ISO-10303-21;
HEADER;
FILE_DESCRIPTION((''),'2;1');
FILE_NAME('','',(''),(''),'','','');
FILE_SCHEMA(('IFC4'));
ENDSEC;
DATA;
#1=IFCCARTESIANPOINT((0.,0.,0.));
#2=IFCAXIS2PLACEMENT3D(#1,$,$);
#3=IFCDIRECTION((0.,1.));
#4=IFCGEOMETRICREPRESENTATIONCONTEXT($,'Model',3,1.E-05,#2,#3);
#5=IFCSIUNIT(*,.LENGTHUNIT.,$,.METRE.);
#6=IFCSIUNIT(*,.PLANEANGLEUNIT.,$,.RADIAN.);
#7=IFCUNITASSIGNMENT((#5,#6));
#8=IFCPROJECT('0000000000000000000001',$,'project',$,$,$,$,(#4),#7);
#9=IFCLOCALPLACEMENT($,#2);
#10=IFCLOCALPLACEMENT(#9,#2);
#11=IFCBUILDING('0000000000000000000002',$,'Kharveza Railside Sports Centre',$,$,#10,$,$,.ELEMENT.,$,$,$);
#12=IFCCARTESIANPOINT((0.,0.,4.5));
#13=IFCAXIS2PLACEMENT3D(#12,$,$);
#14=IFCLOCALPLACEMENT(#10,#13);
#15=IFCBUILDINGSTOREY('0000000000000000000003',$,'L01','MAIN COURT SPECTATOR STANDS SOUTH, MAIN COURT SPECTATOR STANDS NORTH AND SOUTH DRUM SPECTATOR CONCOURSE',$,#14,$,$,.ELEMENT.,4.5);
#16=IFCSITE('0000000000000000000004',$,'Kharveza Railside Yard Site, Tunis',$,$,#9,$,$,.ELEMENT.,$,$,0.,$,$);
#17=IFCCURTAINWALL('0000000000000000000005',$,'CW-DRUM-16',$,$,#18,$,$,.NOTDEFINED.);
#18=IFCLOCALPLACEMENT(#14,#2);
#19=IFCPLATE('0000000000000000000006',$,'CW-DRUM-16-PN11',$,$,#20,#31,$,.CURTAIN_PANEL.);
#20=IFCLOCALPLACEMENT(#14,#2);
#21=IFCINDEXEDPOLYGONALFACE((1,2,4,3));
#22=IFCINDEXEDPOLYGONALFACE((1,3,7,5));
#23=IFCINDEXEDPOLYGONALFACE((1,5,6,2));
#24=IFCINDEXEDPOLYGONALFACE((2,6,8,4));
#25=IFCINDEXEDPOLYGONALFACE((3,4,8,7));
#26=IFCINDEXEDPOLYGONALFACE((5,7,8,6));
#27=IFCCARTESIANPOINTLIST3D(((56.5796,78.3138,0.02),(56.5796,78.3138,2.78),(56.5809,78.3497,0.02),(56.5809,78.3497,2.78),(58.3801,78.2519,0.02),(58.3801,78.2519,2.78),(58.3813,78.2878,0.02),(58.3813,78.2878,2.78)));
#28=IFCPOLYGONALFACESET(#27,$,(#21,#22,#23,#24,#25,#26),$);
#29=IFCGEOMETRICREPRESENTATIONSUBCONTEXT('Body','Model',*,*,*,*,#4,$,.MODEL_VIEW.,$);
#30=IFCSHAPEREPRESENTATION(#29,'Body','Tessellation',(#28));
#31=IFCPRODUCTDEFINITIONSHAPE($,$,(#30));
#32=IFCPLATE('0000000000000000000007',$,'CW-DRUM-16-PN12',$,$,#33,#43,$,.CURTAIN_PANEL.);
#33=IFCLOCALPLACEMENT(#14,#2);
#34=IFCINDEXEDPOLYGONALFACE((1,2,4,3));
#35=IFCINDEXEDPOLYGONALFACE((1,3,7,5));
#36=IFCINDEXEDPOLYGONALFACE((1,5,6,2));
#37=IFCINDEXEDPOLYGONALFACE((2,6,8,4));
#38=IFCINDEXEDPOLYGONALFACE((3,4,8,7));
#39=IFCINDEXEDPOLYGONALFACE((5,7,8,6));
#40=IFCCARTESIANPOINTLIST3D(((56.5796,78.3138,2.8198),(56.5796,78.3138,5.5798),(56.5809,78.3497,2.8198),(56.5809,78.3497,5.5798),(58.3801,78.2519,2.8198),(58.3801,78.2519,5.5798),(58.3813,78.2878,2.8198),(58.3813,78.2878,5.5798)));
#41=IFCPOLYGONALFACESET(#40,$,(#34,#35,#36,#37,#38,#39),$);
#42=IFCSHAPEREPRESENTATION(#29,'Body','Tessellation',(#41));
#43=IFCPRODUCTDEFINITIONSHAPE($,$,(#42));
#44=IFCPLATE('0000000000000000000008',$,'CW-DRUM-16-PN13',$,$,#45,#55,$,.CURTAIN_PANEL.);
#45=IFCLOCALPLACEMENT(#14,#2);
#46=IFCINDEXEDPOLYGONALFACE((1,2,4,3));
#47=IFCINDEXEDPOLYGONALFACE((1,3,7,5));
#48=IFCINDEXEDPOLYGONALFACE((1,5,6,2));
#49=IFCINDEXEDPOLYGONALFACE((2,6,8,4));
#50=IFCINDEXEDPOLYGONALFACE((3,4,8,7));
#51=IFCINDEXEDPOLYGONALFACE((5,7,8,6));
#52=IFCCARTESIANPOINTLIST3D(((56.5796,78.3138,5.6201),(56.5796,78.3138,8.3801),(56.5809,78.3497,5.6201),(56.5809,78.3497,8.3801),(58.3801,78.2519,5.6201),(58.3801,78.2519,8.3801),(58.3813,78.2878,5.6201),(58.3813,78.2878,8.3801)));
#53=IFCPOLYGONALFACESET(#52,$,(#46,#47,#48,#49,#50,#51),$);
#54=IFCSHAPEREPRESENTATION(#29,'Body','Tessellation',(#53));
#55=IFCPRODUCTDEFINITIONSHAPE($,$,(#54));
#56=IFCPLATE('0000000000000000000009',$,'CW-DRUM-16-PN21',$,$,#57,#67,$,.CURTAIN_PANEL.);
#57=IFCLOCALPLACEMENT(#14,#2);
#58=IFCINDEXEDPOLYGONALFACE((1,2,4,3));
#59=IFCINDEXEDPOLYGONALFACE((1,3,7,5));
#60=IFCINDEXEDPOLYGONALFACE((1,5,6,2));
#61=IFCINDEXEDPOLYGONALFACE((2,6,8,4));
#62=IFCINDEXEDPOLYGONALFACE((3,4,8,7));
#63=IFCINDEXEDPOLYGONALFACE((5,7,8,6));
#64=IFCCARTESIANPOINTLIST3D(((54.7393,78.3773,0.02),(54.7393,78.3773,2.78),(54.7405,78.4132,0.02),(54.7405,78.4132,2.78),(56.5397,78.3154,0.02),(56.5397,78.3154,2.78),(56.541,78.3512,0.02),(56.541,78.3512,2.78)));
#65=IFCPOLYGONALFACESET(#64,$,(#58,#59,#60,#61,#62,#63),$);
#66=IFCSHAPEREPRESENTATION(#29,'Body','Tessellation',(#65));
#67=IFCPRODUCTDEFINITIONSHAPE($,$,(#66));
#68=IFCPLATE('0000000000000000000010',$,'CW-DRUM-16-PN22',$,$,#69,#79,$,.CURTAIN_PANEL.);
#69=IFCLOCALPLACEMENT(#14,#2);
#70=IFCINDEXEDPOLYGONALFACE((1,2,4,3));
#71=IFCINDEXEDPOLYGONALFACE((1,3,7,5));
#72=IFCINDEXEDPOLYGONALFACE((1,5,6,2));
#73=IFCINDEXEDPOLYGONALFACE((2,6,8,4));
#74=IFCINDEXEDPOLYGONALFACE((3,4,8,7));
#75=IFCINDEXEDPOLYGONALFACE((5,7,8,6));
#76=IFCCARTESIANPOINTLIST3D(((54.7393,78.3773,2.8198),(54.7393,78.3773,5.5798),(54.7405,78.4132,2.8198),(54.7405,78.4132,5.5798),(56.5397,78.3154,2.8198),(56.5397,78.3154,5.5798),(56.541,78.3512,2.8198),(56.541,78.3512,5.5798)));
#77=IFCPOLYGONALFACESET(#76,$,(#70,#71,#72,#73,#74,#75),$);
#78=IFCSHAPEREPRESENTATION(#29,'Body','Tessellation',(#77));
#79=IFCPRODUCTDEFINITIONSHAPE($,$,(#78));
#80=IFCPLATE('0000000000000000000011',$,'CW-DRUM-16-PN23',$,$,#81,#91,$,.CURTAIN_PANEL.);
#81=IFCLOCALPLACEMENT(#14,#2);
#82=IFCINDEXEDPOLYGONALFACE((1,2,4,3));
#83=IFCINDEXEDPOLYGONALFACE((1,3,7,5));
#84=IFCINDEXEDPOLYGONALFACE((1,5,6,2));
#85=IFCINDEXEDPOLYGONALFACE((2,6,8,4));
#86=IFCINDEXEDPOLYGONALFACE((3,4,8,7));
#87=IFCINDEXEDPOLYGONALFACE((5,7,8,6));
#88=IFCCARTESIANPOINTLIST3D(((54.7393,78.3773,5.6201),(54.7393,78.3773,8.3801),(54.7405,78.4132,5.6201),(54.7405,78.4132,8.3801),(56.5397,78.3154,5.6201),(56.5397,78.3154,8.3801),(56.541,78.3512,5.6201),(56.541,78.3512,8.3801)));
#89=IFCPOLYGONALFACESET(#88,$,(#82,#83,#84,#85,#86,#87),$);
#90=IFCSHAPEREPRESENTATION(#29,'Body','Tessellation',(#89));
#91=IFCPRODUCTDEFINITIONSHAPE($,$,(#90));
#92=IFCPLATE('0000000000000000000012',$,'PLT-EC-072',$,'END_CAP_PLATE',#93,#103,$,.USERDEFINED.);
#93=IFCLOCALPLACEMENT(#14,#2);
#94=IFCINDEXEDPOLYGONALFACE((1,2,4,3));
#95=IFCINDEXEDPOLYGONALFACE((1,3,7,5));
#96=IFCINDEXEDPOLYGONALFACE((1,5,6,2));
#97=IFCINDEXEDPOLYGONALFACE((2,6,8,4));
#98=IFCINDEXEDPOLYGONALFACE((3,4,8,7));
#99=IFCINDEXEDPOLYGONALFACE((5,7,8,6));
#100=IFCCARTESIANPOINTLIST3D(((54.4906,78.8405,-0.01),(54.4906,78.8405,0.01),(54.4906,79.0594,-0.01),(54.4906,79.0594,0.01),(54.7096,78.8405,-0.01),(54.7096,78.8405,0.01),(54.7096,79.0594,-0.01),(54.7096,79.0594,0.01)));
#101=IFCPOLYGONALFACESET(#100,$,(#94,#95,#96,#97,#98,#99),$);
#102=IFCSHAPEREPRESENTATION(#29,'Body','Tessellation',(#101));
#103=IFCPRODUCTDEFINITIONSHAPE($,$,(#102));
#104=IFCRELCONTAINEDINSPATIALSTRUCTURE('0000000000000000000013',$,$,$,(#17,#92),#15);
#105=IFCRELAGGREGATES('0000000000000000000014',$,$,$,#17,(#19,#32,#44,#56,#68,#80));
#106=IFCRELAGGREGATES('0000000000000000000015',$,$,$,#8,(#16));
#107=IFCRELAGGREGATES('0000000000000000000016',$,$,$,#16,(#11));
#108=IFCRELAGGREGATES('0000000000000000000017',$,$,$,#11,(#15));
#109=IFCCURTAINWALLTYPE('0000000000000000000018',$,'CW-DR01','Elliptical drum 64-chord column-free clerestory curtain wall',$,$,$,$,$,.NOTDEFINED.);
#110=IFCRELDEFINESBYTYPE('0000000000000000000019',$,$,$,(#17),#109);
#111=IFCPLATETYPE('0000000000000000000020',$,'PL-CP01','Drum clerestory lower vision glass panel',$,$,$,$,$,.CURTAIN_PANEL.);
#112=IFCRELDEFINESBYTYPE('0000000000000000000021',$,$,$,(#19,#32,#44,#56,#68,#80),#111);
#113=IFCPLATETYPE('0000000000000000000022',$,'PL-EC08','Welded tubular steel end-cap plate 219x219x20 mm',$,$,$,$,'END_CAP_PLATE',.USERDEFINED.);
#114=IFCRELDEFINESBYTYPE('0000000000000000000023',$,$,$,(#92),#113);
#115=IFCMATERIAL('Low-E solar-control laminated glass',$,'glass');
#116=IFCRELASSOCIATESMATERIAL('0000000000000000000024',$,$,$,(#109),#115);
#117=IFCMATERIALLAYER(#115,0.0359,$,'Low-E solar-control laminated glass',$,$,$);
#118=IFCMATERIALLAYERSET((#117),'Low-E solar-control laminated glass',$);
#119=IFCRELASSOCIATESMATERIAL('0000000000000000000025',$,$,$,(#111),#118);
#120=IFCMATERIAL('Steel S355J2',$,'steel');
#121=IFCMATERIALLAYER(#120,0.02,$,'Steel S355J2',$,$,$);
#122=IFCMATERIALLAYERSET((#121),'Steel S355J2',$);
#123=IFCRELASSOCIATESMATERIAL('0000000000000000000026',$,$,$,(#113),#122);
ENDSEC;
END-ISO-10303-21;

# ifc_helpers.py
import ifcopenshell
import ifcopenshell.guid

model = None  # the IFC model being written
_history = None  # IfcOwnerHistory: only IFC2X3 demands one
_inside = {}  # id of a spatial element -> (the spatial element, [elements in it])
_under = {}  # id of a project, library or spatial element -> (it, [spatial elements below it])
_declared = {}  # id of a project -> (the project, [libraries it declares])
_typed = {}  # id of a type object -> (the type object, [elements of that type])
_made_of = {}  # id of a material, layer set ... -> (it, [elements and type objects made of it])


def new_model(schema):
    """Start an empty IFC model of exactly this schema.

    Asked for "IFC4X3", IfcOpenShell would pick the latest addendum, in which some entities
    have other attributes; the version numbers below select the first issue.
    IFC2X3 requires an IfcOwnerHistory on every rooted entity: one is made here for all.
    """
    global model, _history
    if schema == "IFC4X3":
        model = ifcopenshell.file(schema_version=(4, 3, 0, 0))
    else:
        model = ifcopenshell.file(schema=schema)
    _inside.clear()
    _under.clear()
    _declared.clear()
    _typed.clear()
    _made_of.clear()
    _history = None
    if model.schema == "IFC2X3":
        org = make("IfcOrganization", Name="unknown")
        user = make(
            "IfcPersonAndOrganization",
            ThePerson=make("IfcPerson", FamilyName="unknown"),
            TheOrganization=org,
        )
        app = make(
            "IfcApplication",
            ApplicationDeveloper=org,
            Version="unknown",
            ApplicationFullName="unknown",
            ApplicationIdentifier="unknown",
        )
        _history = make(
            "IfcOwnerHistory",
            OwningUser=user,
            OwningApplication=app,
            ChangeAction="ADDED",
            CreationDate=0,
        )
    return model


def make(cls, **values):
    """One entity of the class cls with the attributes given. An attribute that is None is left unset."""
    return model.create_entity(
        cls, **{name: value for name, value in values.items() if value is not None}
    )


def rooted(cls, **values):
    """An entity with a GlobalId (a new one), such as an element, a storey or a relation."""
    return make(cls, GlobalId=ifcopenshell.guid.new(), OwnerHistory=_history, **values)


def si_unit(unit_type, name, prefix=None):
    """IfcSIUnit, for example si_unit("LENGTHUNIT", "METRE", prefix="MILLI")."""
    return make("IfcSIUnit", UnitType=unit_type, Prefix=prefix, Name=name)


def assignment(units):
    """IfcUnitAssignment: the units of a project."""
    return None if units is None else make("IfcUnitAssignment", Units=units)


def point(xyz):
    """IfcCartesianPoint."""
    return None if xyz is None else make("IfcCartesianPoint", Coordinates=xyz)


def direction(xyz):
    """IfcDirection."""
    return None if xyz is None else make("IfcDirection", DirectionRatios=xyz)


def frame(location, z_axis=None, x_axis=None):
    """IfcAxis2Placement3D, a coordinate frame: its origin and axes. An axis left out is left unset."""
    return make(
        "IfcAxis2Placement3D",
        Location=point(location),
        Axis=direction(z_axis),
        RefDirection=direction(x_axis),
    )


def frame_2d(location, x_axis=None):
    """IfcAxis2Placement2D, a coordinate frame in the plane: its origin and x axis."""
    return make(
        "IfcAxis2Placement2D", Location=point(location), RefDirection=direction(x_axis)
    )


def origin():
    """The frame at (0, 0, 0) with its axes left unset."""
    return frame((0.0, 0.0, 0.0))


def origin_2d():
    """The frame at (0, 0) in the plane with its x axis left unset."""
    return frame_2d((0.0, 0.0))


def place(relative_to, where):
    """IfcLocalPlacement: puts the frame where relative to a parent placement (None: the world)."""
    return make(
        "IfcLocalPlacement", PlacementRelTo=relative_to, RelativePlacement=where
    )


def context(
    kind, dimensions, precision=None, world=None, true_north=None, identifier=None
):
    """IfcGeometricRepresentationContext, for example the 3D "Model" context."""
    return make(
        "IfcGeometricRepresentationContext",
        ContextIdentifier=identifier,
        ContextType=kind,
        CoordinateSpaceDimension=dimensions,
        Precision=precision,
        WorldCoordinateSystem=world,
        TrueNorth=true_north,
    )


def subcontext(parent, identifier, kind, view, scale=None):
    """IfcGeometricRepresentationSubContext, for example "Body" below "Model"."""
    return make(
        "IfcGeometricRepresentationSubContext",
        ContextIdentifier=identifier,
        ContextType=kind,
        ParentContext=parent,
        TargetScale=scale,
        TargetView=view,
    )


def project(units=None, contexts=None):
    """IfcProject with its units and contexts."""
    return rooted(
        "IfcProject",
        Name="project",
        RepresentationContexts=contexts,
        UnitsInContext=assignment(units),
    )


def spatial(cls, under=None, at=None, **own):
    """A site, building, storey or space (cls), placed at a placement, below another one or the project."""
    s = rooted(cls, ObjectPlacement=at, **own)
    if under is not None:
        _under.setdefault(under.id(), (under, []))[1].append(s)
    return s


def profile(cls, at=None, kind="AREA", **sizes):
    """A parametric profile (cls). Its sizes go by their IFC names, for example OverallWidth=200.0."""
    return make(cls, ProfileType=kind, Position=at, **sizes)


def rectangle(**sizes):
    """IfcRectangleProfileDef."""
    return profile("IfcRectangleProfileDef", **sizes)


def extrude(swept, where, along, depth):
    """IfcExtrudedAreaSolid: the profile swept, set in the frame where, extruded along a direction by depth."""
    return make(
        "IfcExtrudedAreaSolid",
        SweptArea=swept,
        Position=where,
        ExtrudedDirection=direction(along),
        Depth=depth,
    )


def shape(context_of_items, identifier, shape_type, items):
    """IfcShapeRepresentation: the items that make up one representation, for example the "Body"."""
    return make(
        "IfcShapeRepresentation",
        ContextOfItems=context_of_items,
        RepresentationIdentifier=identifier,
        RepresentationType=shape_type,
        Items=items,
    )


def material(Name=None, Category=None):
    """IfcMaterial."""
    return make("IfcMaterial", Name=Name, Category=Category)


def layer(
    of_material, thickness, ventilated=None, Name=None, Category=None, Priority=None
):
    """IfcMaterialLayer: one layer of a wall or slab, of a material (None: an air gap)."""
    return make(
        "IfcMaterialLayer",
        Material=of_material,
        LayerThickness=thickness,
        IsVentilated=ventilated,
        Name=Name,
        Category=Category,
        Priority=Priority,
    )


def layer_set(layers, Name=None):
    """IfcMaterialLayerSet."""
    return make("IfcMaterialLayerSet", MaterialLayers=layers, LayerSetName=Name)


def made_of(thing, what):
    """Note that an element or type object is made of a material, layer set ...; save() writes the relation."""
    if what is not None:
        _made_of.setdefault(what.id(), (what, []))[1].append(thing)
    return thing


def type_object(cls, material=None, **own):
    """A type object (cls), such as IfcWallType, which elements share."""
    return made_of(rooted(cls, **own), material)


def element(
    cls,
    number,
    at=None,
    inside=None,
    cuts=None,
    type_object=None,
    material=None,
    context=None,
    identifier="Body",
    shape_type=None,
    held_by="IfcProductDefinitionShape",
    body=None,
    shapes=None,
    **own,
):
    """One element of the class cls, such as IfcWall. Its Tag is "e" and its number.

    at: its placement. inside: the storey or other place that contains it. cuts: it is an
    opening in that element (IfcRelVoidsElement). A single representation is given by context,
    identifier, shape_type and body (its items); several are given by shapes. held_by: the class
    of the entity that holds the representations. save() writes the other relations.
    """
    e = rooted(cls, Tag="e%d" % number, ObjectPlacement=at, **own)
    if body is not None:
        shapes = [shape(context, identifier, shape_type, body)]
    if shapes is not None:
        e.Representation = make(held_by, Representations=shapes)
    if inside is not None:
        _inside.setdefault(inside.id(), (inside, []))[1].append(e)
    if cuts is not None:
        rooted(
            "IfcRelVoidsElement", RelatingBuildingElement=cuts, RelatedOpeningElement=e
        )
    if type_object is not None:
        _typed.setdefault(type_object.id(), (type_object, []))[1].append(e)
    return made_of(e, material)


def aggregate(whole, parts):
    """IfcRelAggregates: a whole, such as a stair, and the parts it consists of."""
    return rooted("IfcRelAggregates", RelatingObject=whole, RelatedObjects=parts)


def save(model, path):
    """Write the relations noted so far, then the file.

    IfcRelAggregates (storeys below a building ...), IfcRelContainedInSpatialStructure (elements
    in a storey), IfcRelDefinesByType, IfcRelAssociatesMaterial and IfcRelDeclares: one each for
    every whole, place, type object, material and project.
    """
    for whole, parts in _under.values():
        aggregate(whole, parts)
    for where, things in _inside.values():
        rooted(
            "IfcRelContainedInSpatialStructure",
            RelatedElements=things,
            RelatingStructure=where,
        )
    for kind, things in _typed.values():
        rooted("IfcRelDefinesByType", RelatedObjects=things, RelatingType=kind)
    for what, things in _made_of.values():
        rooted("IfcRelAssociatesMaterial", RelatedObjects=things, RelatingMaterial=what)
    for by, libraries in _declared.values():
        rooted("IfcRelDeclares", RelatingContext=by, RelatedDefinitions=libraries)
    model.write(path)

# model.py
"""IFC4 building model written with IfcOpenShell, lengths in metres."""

from ifc_helpers import new_model, si_unit, direction, frame, origin, origin_2d, place, context, subcontext, project, spatial, rectangle, extrude, material, layer, layer_set, type_object, element, aggregate, save


model = new_model("IFC4")

# Units and contexts
model_context = context("Model", 3, precision=1e-05, world=origin(), true_north=direction((0.0, 1.0)))
body_context = subcontext(model_context, "Body", "Model", "MODEL_VIEW")
ifc_project = project(units=[si_unit("LENGTHUNIT", "METRE"), si_unit("PLANEANGLEUNIT", "RADIAN")], contexts=[model_context])

# Site, building, storey
site_placement = place(None, origin())
site = spatial("IfcSite", under=ifc_project, at=site_placement, Name="Kharveza Railside Yard Site, Tunis", CompositionType="ELEMENT", RefElevation=0.0)
building_placement = place(site_placement, origin())
building = spatial("IfcBuilding", under=site, at=building_placement, Name="Kharveza Railside Sports Centre", CompositionType="ELEMENT")
storey_placement = place(building_placement, frame((0.0, 0.0, 4.5)))
storey = spatial("IfcBuildingStorey", under=building, at=storey_placement, Name="L01", Description="MAIN COURT SPECTATOR STANDS SOUTH, MAIN COURT SPECTATOR STANDS NORTH AND SOUTH DRUM SPECTATOR CONCOURSE", CompositionType="ELEMENT", Elevation=4.5)

# Shared definitions
ifc_material_1 = material(Name="Steel S355J2", Category="steel")

# Curtain wall
ifc_material_2 = material(Name="Low-E solar-control laminated glass", Category="glass")
curtain_wall_type = type_object("IfcCurtainWallType", Name="CW-DR01", Description="Elliptical drum 64-chord column-free clerestory curtain wall", PredefinedType="NOTDEFINED", material=ifc_material_2)
curtain_wall_1_placement = place(storey_placement, origin())
curtain_wall_1 = element("IfcCurtainWall", 1, at=curtain_wall_1_placement, inside=storey, type_object=curtain_wall_type, Name="CW-DRUM-16", PredefinedType="NOTDEFINED")

# Plates
ifc_layer_1 = layer(ifc_material_2, 0.0359, Name="Low-E solar-control laminated glass")
ifc_layer_set_1 = layer_set([ifc_layer_1], Name="Low-E solar-control laminated glass")
plate_type_1 = type_object("IfcPlateType", Name="PL-CP01", Description="Drum clerestory lower vision glass panel", PredefinedType="CURTAIN_PANEL", material=ifc_layer_set_1)
plate_1_placement = place(storey_placement, frame((57.4805, 78.3008, 0.02), z_axis=(0.0, 0.0, 1.0), x_axis=(-0.999409, 0.034376, 0.0)))
plate_1 = element("IfcPlate", 2, at=plate_1_placement, type_object=plate_type_1, Name="CW-DRUM-16-PN11", PredefinedType="CURTAIN_PANEL", context=body_context, shape_type="SweptSolid", body=[
    extrude(rectangle(XDim=1.8015, YDim=0.0359, at=origin_2d()), origin(), (0.0, 0.0, 1.0), 2.76),
])
plate_2_placement = place(storey_placement, frame((57.4805, 78.3008, 2.8198), z_axis=(0.0, 0.0, 1.0), x_axis=(-0.999409, 0.034376, 0.0)))
plate_2 = element("IfcPlate", 3, at=plate_2_placement, type_object=plate_type_1, Name="CW-DRUM-16-PN12", PredefinedType="CURTAIN_PANEL", context=body_context, shape_type="SweptSolid", body=[
    extrude(rectangle(XDim=1.8015, YDim=0.0359, at=origin_2d()), origin(), (0.0, 0.0, 1.0), 2.76),
])
plate_3_placement = place(storey_placement, frame((57.4805, 78.3008, 5.6201), z_axis=(0.0, 0.0, 1.0), x_axis=(-0.999409, 0.034376, 0.0)))
plate_3 = element("IfcPlate", 4, at=plate_3_placement, type_object=plate_type_1, Name="CW-DRUM-16-PN13", PredefinedType="CURTAIN_PANEL", context=body_context, shape_type="SweptSolid", body=[
    extrude(rectangle(XDim=1.8015, YDim=0.0359, at=origin_2d()), origin(), (0.0, 0.0, 1.0), 2.76),
])
plate_4_placement = place(storey_placement, frame((55.6401, 78.3643, 0.02), z_axis=(0.0, 0.0, 1.0), x_axis=(-0.999409, 0.034376, 0.0)))
plate_4 = element("IfcPlate", 5, at=plate_4_placement, type_object=plate_type_1, Name="CW-DRUM-16-PN21", PredefinedType="CURTAIN_PANEL", context=body_context, shape_type="SweptSolid", body=[
    extrude(rectangle(XDim=1.8015, YDim=0.0359, at=origin_2d()), origin(), (0.0, 0.0, 1.0), 2.76),
])
plate_5_placement = place(storey_placement, frame((55.6401, 78.3643, 2.8198), z_axis=(0.0, 0.0, 1.0), x_axis=(-0.999409, 0.034376, 0.0)))
plate_5 = element("IfcPlate", 6, at=plate_5_placement, type_object=plate_type_1, Name="CW-DRUM-16-PN22", PredefinedType="CURTAIN_PANEL", context=body_context, shape_type="SweptSolid", body=[
    extrude(rectangle(XDim=1.8015, YDim=0.0359, at=origin_2d()), origin(), (0.0, 0.0, 1.0), 2.76),
])
plate_6_placement = place(storey_placement, frame((55.6401, 78.3643, 5.6201), z_axis=(0.0, 0.0, 1.0), x_axis=(-0.999409, 0.034376, 0.0)))
plate_6 = element("IfcPlate", 7, at=plate_6_placement, type_object=plate_type_1, Name="CW-DRUM-16-PN23", PredefinedType="CURTAIN_PANEL", context=body_context, shape_type="SweptSolid", body=[
    extrude(rectangle(XDim=1.8015, YDim=0.0359, at=origin_2d()), origin(), (0.0, 0.0, 1.0), 2.76),
])
aggregate(curtain_wall_1, [plate_1, plate_2, plate_3, plate_4, plate_5, plate_6])
ifc_layer_2 = layer(ifc_material_1, 0.02, Name="Steel S355J2")
ifc_layer_set_2 = layer_set([ifc_layer_2], Name="Steel S355J2")
plate_type_2 = type_object("IfcPlateType", Name="PL-EC08", Description="Welded tubular steel end-cap plate 219x219x20 mm", ElementType="END_CAP_PLATE", PredefinedType="USERDEFINED", material=ifc_layer_set_2)
plate_7_placement = place(storey_placement, frame((54.6001, 78.95, -0.01), z_axis=(0.0, 0.0, 1.0), x_axis=(1.0, 0.0, 0.0)))
element("IfcPlate", 8, at=plate_7_placement, inside=storey, type_object=plate_type_2, Name="PLT-EC-072", ObjectType="END_CAP_PLATE", PredefinedType="USERDEFINED", context=body_context, shape_type="SweptSolid", body=[
    extrude(rectangle(XDim=0.219, YDim=0.219, at=origin_2d()), origin(), (0.0, 0.0, 1.0), 0.02),
])

save(model, "model.ifc")
